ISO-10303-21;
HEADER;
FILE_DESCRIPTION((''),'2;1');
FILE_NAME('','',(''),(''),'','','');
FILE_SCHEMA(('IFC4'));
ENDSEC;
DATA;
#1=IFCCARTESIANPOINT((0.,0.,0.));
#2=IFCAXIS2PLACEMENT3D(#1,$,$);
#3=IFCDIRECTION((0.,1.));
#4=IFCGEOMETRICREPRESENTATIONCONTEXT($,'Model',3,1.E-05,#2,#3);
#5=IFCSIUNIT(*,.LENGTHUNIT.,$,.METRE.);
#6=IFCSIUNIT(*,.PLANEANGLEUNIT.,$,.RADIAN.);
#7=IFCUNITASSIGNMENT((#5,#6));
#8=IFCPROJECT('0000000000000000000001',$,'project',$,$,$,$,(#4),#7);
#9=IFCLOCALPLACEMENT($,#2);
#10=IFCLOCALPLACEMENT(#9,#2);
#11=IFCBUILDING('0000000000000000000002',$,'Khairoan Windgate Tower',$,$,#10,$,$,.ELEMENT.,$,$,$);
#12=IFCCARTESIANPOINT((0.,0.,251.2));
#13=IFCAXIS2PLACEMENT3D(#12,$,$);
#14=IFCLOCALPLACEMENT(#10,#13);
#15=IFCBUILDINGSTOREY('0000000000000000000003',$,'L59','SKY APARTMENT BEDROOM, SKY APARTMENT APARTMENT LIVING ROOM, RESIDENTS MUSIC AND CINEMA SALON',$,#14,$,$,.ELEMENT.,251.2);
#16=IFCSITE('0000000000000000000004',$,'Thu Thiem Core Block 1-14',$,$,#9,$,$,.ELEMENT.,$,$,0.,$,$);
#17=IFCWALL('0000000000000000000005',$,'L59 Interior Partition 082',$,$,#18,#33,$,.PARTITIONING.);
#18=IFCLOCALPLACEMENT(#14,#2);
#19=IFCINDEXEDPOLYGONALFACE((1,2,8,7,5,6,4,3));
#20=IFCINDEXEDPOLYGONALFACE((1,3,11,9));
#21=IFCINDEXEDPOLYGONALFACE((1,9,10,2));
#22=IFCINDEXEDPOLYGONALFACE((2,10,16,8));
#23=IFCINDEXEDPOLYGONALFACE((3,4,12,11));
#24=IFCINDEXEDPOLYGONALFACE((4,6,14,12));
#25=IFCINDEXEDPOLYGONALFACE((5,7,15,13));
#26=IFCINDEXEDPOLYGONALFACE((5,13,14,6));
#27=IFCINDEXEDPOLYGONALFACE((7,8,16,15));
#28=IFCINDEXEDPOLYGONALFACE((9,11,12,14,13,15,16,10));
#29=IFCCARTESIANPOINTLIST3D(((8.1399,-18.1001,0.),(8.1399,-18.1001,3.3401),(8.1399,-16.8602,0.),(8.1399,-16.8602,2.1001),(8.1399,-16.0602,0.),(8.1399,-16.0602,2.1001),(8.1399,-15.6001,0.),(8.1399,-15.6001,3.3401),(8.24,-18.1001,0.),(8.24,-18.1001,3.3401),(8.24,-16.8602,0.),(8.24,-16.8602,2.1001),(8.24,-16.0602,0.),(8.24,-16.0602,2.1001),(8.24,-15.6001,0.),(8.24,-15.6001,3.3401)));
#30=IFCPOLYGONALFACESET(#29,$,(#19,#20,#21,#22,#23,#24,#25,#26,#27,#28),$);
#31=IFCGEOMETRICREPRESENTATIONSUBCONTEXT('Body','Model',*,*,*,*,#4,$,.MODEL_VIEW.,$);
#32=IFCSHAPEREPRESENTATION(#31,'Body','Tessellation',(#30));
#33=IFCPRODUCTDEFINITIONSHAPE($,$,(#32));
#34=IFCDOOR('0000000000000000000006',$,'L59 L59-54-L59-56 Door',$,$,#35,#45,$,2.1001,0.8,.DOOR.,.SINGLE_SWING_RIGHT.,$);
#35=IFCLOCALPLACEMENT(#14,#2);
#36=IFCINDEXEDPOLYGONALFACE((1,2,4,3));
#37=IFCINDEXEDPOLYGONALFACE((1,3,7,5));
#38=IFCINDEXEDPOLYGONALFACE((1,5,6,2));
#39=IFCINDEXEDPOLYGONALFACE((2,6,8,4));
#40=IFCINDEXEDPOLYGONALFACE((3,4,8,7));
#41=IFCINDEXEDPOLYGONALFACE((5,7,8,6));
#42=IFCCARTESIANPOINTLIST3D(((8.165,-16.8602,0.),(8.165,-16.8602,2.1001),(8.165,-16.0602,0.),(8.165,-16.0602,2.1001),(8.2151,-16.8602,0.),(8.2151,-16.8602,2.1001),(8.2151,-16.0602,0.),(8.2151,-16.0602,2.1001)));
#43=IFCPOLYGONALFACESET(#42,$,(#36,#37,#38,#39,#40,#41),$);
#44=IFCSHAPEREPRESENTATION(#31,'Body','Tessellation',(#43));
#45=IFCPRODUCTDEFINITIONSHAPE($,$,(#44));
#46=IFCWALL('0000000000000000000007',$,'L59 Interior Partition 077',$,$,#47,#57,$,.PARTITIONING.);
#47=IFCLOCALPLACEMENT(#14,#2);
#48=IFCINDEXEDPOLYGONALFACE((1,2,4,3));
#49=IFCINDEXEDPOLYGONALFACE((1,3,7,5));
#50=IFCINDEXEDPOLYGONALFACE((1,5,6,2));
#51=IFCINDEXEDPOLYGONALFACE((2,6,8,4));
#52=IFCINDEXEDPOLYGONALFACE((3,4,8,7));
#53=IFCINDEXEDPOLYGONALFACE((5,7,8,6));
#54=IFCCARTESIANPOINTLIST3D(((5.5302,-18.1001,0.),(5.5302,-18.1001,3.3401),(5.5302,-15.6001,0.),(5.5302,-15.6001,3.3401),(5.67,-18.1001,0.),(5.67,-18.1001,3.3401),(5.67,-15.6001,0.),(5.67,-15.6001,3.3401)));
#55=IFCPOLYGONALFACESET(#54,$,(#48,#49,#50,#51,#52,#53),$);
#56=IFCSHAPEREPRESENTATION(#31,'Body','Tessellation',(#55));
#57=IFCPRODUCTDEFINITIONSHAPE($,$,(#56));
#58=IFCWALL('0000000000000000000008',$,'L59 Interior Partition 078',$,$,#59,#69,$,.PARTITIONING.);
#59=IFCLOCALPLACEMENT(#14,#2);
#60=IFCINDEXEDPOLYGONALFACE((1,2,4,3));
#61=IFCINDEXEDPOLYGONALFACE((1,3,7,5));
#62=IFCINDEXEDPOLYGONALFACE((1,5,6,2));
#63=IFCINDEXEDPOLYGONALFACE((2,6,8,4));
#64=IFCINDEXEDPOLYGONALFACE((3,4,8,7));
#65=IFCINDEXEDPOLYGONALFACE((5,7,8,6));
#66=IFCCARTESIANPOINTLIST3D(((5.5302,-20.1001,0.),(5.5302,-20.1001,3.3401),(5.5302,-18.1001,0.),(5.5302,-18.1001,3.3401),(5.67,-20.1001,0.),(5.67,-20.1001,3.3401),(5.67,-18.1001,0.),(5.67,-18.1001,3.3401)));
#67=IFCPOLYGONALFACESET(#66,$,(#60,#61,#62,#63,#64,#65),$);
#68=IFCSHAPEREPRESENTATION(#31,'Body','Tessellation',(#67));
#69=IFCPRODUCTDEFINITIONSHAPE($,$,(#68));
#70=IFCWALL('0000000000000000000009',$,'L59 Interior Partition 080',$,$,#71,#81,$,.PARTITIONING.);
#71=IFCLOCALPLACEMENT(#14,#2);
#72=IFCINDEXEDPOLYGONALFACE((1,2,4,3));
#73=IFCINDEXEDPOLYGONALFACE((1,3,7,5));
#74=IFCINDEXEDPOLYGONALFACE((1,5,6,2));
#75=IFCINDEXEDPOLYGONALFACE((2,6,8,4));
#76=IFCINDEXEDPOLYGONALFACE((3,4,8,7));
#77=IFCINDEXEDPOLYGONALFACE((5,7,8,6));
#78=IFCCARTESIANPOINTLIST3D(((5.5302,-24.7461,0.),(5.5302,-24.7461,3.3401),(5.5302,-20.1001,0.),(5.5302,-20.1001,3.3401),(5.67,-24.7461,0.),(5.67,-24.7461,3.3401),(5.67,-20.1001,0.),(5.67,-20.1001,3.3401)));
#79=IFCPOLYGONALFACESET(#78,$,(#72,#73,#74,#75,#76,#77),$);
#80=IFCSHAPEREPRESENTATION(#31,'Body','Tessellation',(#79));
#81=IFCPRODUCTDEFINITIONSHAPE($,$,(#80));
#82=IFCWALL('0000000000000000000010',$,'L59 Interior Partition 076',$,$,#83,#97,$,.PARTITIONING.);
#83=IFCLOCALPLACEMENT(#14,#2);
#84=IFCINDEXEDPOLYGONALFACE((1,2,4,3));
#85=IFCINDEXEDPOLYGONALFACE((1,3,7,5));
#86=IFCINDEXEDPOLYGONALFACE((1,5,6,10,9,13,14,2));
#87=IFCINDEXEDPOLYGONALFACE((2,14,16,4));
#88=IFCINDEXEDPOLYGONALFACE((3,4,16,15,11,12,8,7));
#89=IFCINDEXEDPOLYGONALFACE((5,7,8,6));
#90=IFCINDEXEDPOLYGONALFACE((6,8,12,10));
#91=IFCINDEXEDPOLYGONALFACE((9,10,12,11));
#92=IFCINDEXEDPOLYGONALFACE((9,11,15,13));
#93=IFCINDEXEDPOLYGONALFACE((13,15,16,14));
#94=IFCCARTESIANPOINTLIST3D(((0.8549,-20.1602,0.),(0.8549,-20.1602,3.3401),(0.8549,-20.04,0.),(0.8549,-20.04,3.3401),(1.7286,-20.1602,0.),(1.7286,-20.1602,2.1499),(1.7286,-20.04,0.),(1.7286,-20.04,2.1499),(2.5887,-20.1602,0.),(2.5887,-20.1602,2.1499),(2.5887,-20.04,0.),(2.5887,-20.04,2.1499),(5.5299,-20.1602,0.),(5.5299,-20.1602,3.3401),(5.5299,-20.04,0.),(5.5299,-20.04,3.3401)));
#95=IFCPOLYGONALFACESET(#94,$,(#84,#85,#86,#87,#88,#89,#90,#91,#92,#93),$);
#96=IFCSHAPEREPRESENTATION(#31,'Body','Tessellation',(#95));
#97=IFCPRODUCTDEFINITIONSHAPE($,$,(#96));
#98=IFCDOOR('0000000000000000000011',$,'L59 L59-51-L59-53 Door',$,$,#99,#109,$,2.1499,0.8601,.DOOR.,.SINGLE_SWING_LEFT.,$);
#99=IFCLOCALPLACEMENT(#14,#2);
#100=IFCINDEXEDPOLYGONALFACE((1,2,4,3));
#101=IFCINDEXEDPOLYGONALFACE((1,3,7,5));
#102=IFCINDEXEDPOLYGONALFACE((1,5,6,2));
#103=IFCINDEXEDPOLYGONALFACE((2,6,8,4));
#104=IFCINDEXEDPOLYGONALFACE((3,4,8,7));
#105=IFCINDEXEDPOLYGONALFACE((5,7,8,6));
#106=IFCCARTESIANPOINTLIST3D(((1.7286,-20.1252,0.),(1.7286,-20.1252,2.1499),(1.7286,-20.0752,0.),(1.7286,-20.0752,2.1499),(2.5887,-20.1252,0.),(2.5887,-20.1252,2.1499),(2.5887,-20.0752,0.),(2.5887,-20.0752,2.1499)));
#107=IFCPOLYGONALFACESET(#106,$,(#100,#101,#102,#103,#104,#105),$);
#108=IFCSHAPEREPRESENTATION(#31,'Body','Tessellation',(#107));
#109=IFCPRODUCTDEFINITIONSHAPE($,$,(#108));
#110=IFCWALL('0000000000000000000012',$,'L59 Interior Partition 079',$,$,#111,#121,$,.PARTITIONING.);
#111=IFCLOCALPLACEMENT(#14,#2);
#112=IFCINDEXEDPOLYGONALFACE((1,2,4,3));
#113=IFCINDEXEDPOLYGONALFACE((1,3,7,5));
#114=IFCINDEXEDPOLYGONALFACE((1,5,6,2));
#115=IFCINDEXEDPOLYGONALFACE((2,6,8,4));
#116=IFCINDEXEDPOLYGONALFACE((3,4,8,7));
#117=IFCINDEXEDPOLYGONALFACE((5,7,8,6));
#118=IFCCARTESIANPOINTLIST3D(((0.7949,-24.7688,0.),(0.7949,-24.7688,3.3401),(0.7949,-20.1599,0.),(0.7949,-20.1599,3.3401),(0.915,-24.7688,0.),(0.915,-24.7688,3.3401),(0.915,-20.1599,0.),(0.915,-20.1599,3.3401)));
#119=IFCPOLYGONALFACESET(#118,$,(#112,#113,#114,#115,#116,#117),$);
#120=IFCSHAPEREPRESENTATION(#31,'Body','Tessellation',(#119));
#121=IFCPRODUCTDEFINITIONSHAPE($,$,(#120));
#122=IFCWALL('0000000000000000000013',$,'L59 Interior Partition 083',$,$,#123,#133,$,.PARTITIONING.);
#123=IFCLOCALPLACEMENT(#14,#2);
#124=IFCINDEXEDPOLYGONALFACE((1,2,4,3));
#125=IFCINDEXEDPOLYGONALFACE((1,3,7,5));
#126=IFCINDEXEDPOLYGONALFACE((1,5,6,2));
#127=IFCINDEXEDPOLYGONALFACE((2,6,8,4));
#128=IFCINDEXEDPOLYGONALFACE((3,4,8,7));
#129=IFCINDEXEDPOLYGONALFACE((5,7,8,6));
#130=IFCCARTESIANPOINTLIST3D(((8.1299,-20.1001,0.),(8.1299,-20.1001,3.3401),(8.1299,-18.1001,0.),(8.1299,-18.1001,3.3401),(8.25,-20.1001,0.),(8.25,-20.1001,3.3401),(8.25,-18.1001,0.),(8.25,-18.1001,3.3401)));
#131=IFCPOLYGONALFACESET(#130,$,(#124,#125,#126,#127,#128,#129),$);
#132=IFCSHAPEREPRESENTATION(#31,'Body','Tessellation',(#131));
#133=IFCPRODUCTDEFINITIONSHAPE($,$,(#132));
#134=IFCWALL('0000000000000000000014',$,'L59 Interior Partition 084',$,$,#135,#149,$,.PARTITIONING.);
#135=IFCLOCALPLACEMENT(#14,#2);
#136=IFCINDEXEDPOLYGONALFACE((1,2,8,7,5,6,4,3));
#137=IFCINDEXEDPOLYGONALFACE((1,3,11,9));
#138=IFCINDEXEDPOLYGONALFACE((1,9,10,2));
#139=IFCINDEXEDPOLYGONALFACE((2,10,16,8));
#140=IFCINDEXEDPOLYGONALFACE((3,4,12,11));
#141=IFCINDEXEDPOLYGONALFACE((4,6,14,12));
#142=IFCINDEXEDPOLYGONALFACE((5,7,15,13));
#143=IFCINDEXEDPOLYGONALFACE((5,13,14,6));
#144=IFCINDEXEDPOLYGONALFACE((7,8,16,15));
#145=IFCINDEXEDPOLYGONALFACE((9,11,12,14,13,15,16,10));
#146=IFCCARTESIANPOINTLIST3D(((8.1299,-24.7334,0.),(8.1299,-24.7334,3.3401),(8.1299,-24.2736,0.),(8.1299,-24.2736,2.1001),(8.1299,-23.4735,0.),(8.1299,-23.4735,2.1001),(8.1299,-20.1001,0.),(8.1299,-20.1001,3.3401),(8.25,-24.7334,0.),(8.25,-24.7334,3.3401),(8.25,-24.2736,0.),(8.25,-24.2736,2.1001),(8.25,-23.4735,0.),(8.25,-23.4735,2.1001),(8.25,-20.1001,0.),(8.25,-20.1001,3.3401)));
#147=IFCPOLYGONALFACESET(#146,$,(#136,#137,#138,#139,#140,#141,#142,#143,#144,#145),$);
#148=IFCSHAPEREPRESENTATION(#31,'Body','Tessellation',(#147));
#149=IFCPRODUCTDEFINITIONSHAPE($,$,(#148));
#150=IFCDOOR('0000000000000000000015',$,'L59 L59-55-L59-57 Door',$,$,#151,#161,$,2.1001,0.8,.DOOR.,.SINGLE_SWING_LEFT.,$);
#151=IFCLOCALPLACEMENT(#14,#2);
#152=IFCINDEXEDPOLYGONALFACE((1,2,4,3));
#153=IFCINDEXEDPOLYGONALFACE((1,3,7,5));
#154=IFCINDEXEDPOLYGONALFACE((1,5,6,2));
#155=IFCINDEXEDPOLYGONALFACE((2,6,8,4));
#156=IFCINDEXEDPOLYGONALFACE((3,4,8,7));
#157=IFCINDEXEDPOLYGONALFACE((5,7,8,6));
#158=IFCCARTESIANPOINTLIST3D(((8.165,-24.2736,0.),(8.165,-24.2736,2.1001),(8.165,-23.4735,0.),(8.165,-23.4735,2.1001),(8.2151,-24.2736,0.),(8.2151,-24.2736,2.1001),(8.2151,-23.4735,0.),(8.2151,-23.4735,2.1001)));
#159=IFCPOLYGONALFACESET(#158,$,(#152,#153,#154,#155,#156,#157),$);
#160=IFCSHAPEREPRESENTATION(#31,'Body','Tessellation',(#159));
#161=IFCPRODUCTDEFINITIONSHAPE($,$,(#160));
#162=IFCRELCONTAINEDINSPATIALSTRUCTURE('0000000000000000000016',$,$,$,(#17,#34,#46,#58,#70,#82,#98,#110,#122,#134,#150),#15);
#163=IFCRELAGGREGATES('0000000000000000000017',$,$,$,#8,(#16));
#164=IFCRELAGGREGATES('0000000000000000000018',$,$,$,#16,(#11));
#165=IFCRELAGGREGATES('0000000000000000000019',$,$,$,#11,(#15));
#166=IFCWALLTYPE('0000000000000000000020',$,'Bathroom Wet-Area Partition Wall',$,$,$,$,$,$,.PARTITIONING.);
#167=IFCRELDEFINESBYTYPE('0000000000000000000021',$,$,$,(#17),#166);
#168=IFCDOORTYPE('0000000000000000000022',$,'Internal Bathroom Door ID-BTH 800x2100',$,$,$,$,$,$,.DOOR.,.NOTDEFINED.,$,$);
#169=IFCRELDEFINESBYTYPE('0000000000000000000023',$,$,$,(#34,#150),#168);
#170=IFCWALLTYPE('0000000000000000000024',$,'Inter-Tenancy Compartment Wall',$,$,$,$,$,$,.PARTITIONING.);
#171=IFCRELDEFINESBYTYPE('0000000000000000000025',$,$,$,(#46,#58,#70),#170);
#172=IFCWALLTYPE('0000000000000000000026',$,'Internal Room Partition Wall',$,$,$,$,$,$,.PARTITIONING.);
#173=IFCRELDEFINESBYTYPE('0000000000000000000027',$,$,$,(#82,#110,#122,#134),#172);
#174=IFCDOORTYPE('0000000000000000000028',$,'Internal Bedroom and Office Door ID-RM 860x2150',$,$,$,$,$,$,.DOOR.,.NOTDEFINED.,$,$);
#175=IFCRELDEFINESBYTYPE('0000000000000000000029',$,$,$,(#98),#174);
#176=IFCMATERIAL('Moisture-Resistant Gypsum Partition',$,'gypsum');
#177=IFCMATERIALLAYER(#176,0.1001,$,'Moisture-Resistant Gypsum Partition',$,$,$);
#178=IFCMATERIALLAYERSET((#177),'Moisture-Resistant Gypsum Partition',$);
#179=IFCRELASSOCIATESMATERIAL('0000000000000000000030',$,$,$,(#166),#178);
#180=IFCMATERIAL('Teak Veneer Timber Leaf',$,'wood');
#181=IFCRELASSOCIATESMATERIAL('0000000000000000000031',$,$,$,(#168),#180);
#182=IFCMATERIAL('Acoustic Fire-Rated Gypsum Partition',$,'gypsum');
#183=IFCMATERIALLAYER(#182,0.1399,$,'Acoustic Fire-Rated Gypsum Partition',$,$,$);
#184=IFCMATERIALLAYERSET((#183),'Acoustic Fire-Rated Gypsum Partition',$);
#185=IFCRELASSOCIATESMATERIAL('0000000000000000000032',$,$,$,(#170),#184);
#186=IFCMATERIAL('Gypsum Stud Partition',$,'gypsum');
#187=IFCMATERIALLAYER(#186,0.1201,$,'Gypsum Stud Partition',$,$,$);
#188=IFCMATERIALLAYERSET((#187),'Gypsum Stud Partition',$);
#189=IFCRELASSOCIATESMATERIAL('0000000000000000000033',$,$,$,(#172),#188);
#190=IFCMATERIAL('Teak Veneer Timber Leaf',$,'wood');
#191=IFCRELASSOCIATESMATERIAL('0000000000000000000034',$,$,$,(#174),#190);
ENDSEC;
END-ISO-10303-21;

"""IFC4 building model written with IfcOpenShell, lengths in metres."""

from ifc_helpers import new_model, si_unit, direction, frame, frame_2d, origin, place, context, subcontext, project, spatial, rectangle, extrude, material, layer, layer_set, type_object, element, fill, save


model = new_model("IFC4")

# Units and contexts
model_context = context("Model", 3, precision=1e-05, world=origin(), true_north=direction((0.0, 1.0)))
body_context = subcontext(model_context, "Body", "Model", "MODEL_VIEW")
ifc_project = project(units=[si_unit("LENGTHUNIT", "METRE"), si_unit("PLANEANGLEUNIT", "RADIAN")], contexts=[model_context])

# Site, building, storey
site_placement = place(None, origin())
site = spatial("IfcSite", under=ifc_project, at=site_placement, Name="Thu Thiem Core Block 1-14", CompositionType="ELEMENT", RefElevation=0.0)
building_placement = place(site_placement, origin())
building = spatial("IfcBuilding", under=site, at=building_placement, Name="Khairoan Windgate Tower", CompositionType="ELEMENT")
storey_placement = place(building_placement, frame((0.0, 0.0, 251.2)))
storey = spatial("IfcBuildingStorey", under=building, at=storey_placement, Name="L59", Description="SKY APARTMENT BEDROOM, SKY APARTMENT APARTMENT LIVING ROOM, RESIDENTS MUSIC AND CINEMA SALON", CompositionType="ELEMENT", Elevation=251.2)

# Shared definitions
ifc_material_1 = material(Name="Moisture-Resistant Gypsum Partition", Category="gypsum")
ifc_layer_1 = layer(ifc_material_1, 0.1001, Name="Moisture-Resistant Gypsum Partition")
ifc_layer_set_1 = layer_set([ifc_layer_1], Name="Moisture-Resistant Gypsum Partition")
wall_type_1 = type_object("IfcWallType", Name="Bathroom Wet-Area Partition Wall", PredefinedType="PARTITIONING", material=ifc_layer_set_1)

# Wall, opening, door
wall_1_placement = place(storey_placement, frame((8.1899, -18.1001, 0.0), z_axis=(0.0, 0.0, 1.0), x_axis=(0.0, 1.0, 0.0)))
wall_1 = element("IfcWall", 1, at=wall_1_placement, inside=storey, type_object=wall_type_1, Name="L59 Interior Partition 082", PredefinedType="PARTITIONING", context=body_context, shape_type="SweptSolid", body=[
    extrude(rectangle(XDim=2.5, YDim=0.1001, at=frame_2d((1.25, 0.0))), origin(), (0.0, 0.0, 1.0), 3.3401),
])
opening_1_placement = place(wall_1_placement, frame((1.24, 0.0, 0.0)))
opening_1 = element("IfcOpeningElement", 2, at=opening_1_placement, cuts=wall_1, PredefinedType="OPENING", context=body_context, shape_type="SweptSolid", body=[
    extrude(rectangle(XDim=0.8, YDim=2.1001, at=frame_2d((0.3999, 1.05))), frame((0.0, 0.0601, 0.0), z_axis=(0.0, -1.0, 0.0), x_axis=(1.0, 0.0, 0.0)), (0.0, 0.0, 1.0), 0.1201),
])
ifc_material_2 = material(Name="Teak Veneer Timber Leaf", Category="wood")
door_type_1 = type_object("IfcDoorType", Name="Internal Bathroom Door ID-BTH 800x2100", OperationType="NOTDEFINED", PredefinedType="DOOR", material=ifc_material_2)
door_1_placement = place(opening_1_placement, origin())
door_1 = element("IfcDoor", 3, at=door_1_placement, inside=storey, type_object=door_type_1, Name="L59 L59-54-L59-56 Door", OperationType="SINGLE_SWING_RIGHT", OverallHeight=2.1001, OverallWidth=0.8, PredefinedType="DOOR", context=body_context, shape_type="SweptSolid", body=[
    extrude(rectangle(XDim=0.8, YDim=2.1001, at=frame_2d((0.3999, 1.05))), frame((0.0, 0.0249, 0.0), z_axis=(0.0, -1.0, 0.0), x_axis=(1.0, 0.0, 0.0)), (0.0, 0.0, 1.0), 0.05),
])
fill(opening_1, door_1)

# Walls
ifc_material_3 = material(Name="Acoustic Fire-Rated Gypsum Partition", Category="gypsum")
ifc_layer_2 = layer(ifc_material_3, 0.1399, Name="Acoustic Fire-Rated Gypsum Partition")
ifc_layer_set_2 = layer_set([ifc_layer_2], Name="Acoustic Fire-Rated Gypsum Partition")
wall_type_2 = type_object("IfcWallType", Name="Inter-Tenancy Compartment Wall", PredefinedType="PARTITIONING", material=ifc_layer_set_2)
wall_2_placement = place(storey_placement, frame((5.6001, -18.1001, 0.0), z_axis=(0.0, 0.0, 1.0), x_axis=(0.0, 1.0, 0.0)))
element("IfcWall", 4, at=wall_2_placement, inside=storey, type_object=wall_type_2, Name="L59 Interior Partition 077", PredefinedType="PARTITIONING", context=body_context, shape_type="SweptSolid", body=[
    extrude(rectangle(XDim=2.5, YDim=0.1399, at=frame_2d((1.25, 0.0))), origin(), (0.0, 0.0, 1.0), 3.3401),
])
wall_3_placement = place(storey_placement, frame((5.6001, -20.1001, 0.0), z_axis=(0.0, 0.0, 1.0), x_axis=(0.0, 1.0, 0.0)))
element("IfcWall", 5, at=wall_3_placement, inside=storey, type_object=wall_type_2, Name="L59 Interior Partition 078", PredefinedType="PARTITIONING", context=body_context, shape_type="SweptSolid", body=[
    extrude(rectangle(XDim=2.0, YDim=0.1399, at=frame_2d((1.0, 0.0))), origin(), (0.0, 0.0, 1.0), 3.3401),
])
wall_4_placement = place(storey_placement, frame((5.6001, -24.7461, 0.0), z_axis=(0.0, 0.0, 1.0), x_axis=(0.0, 1.0, 0.0)))
element("IfcWall", 6, at=wall_4_placement, inside=storey, type_object=wall_type_2, Name="L59 Interior Partition 080", PredefinedType="PARTITIONING", context=body_context, shape_type="SweptSolid", body=[
    extrude(rectangle(XDim=4.646, YDim=0.1399, at=frame_2d((2.323, 0.0))), origin(), (0.0, 0.0, 1.0), 3.3401),
])

# Wall, opening, door
ifc_material_4 = material(Name="Gypsum Stud Partition", Category="gypsum")
ifc_layer_3 = layer(ifc_material_4, 0.1201, Name="Gypsum Stud Partition")
ifc_layer_set_3 = layer_set([ifc_layer_3], Name="Gypsum Stud Partition")
wall_type_3 = type_object("IfcWallType", Name="Internal Room Partition Wall", PredefinedType="PARTITIONING", material=ifc_layer_set_3)
wall_5_placement = place(storey_placement, frame((0.855, -20.1001, 0.0), z_axis=(0.0, 0.0, 1.0), x_axis=(1.0, 0.0, 0.0)))
wall_5 = element("IfcWall", 7, at=wall_5_placement, inside=storey, type_object=wall_type_3, Name="L59 Interior Partition 076", PredefinedType="PARTITIONING", context=body_context, shape_type="SweptSolid", body=[
    extrude(rectangle(XDim=4.675, YDim=0.1201, at=frame_2d((2.3374, 0.0))), origin(), (0.0, 0.0, 1.0), 3.3401),
])
opening_2_placement = place(wall_5_placement, frame((0.8735, 0.0, 0.0)))
opening_2 = element("IfcOpeningElement", 8, at=opening_2_placement, cuts=wall_5, PredefinedType="OPENING", context=body_context, shape_type="SweptSolid", body=[
    extrude(rectangle(XDim=0.8601, YDim=2.1499, at=frame_2d((0.4302, 1.075))), frame((0.0, 0.0701, 0.0), z_axis=(0.0, -1.0, 0.0), x_axis=(1.0, 0.0, 0.0)), (0.0, 0.0, 1.0), 0.1401),
])
ifc_material_5 = material(Name="Teak Veneer Timber Leaf", Category="wood")
door_type_2 = type_object("IfcDoorType", Name="Internal Bedroom and Office Door ID-RM 860x2150", OperationType="NOTDEFINED", PredefinedType="DOOR", material=ifc_material_5)
door_2_placement = place(opening_2_placement, origin())
door_2 = element("IfcDoor", 9, at=door_2_placement, inside=storey, type_object=door_type_2, Name="L59 L59-51-L59-53 Door", OperationType="SINGLE_SWING_LEFT", OverallHeight=2.1499, OverallWidth=0.8601, PredefinedType="DOOR", context=body_context, shape_type="SweptSolid", body=[
    extrude(rectangle(XDim=0.8601, YDim=2.1499, at=frame_2d((0.4302, 1.075))), frame((0.0, 0.0249, 0.0), z_axis=(0.0, -1.0, 0.0), x_axis=(1.0, 0.0, 0.0)), (0.0, 0.0, 1.0), 0.05),
])
fill(opening_2, door_2)

# Walls
wall_6_placement = place(storey_placement, frame((0.855, -24.7688, 0.0), z_axis=(0.0, 0.0, 1.0), x_axis=(0.0, 1.0, 0.0)))
element("IfcWall", 10, at=wall_6_placement, inside=storey, type_object=wall_type_3, Name="L59 Interior Partition 079", PredefinedType="PARTITIONING", context=body_context, shape_type="SweptSolid", body=[
    extrude(rectangle(XDim=4.6089, YDim=0.1201, at=frame_2d((2.3044, 0.0))), origin(), (0.0, 0.0, 1.0), 3.3401),
])
wall_7_placement = place(storey_placement, frame((8.1899, -20.1001, 0.0), z_axis=(0.0, 0.0, 1.0), x_axis=(0.0, 1.0, 0.0)))
element("IfcWall", 11, at=wall_7_placement, inside=storey, type_object=wall_type_3, Name="L59 Interior Partition 083", PredefinedType="PARTITIONING", context=body_context, shape_type="SweptSolid", body=[
    extrude(rectangle(XDim=2.0, YDim=0.1201, at=frame_2d((1.0, 0.0))), origin(), (0.0, 0.0, 1.0), 3.3401),
])

# Wall, opening, door
wall_8_placement = place(storey_placement, frame((8.1899, -24.7334, 0.0), z_axis=(0.0, 0.0, 1.0), x_axis=(0.0, 1.0, 0.0)))
wall_8 = element("IfcWall", 12, at=wall_8_placement, inside=storey, type_object=wall_type_3, Name="L59 Interior Partition 084", PredefinedType="PARTITIONING", context=body_context, shape_type="SweptSolid", body=[
    extrude(rectangle(XDim=4.6333, YDim=0.1201, at=frame_2d((2.3167, 0.0))), origin(), (0.0, 0.0, 1.0), 3.3401),
])
opening_3_placement = place(wall_8_placement, frame((0.46, 0.0, 0.0)))
opening_3 = element("IfcOpeningElement", 13, at=opening_3_placement, cuts=wall_8, PredefinedType="OPENING", context=body_context, shape_type="SweptSolid", body=[
    extrude(rectangle(XDim=0.8, YDim=2.1001, at=frame_2d((0.3999, 1.05))), frame((0.0, 0.0701, 0.0), z_axis=(0.0, -1.0, 0.0), x_axis=(1.0, 0.0, 0.0)), (0.0, 0.0, 1.0), 0.1401),
])
door_3_placement = place(opening_3_placement, origin())
door_3 = element("IfcDoor", 14, at=door_3_placement, inside=storey, type_object=door_type_1, Name="L59 L59-55-L59-57 Door", OperationType="SINGLE_SWING_LEFT", OverallHeight=2.1001, OverallWidth=0.8, PredefinedType="DOOR", context=body_context, shape_type="SweptSolid", body=[
    extrude(rectangle(XDim=0.8, YDim=2.1001, at=frame_2d((0.3999, 1.05))), frame((0.0, 0.0249, 0.0), z_axis=(0.0, -1.0, 0.0), x_axis=(1.0, 0.0, 0.0)), (0.0, 0.0, 1.0), 0.05),
])
fill(opening_3, door_3)

save(model, "model.ifc")
